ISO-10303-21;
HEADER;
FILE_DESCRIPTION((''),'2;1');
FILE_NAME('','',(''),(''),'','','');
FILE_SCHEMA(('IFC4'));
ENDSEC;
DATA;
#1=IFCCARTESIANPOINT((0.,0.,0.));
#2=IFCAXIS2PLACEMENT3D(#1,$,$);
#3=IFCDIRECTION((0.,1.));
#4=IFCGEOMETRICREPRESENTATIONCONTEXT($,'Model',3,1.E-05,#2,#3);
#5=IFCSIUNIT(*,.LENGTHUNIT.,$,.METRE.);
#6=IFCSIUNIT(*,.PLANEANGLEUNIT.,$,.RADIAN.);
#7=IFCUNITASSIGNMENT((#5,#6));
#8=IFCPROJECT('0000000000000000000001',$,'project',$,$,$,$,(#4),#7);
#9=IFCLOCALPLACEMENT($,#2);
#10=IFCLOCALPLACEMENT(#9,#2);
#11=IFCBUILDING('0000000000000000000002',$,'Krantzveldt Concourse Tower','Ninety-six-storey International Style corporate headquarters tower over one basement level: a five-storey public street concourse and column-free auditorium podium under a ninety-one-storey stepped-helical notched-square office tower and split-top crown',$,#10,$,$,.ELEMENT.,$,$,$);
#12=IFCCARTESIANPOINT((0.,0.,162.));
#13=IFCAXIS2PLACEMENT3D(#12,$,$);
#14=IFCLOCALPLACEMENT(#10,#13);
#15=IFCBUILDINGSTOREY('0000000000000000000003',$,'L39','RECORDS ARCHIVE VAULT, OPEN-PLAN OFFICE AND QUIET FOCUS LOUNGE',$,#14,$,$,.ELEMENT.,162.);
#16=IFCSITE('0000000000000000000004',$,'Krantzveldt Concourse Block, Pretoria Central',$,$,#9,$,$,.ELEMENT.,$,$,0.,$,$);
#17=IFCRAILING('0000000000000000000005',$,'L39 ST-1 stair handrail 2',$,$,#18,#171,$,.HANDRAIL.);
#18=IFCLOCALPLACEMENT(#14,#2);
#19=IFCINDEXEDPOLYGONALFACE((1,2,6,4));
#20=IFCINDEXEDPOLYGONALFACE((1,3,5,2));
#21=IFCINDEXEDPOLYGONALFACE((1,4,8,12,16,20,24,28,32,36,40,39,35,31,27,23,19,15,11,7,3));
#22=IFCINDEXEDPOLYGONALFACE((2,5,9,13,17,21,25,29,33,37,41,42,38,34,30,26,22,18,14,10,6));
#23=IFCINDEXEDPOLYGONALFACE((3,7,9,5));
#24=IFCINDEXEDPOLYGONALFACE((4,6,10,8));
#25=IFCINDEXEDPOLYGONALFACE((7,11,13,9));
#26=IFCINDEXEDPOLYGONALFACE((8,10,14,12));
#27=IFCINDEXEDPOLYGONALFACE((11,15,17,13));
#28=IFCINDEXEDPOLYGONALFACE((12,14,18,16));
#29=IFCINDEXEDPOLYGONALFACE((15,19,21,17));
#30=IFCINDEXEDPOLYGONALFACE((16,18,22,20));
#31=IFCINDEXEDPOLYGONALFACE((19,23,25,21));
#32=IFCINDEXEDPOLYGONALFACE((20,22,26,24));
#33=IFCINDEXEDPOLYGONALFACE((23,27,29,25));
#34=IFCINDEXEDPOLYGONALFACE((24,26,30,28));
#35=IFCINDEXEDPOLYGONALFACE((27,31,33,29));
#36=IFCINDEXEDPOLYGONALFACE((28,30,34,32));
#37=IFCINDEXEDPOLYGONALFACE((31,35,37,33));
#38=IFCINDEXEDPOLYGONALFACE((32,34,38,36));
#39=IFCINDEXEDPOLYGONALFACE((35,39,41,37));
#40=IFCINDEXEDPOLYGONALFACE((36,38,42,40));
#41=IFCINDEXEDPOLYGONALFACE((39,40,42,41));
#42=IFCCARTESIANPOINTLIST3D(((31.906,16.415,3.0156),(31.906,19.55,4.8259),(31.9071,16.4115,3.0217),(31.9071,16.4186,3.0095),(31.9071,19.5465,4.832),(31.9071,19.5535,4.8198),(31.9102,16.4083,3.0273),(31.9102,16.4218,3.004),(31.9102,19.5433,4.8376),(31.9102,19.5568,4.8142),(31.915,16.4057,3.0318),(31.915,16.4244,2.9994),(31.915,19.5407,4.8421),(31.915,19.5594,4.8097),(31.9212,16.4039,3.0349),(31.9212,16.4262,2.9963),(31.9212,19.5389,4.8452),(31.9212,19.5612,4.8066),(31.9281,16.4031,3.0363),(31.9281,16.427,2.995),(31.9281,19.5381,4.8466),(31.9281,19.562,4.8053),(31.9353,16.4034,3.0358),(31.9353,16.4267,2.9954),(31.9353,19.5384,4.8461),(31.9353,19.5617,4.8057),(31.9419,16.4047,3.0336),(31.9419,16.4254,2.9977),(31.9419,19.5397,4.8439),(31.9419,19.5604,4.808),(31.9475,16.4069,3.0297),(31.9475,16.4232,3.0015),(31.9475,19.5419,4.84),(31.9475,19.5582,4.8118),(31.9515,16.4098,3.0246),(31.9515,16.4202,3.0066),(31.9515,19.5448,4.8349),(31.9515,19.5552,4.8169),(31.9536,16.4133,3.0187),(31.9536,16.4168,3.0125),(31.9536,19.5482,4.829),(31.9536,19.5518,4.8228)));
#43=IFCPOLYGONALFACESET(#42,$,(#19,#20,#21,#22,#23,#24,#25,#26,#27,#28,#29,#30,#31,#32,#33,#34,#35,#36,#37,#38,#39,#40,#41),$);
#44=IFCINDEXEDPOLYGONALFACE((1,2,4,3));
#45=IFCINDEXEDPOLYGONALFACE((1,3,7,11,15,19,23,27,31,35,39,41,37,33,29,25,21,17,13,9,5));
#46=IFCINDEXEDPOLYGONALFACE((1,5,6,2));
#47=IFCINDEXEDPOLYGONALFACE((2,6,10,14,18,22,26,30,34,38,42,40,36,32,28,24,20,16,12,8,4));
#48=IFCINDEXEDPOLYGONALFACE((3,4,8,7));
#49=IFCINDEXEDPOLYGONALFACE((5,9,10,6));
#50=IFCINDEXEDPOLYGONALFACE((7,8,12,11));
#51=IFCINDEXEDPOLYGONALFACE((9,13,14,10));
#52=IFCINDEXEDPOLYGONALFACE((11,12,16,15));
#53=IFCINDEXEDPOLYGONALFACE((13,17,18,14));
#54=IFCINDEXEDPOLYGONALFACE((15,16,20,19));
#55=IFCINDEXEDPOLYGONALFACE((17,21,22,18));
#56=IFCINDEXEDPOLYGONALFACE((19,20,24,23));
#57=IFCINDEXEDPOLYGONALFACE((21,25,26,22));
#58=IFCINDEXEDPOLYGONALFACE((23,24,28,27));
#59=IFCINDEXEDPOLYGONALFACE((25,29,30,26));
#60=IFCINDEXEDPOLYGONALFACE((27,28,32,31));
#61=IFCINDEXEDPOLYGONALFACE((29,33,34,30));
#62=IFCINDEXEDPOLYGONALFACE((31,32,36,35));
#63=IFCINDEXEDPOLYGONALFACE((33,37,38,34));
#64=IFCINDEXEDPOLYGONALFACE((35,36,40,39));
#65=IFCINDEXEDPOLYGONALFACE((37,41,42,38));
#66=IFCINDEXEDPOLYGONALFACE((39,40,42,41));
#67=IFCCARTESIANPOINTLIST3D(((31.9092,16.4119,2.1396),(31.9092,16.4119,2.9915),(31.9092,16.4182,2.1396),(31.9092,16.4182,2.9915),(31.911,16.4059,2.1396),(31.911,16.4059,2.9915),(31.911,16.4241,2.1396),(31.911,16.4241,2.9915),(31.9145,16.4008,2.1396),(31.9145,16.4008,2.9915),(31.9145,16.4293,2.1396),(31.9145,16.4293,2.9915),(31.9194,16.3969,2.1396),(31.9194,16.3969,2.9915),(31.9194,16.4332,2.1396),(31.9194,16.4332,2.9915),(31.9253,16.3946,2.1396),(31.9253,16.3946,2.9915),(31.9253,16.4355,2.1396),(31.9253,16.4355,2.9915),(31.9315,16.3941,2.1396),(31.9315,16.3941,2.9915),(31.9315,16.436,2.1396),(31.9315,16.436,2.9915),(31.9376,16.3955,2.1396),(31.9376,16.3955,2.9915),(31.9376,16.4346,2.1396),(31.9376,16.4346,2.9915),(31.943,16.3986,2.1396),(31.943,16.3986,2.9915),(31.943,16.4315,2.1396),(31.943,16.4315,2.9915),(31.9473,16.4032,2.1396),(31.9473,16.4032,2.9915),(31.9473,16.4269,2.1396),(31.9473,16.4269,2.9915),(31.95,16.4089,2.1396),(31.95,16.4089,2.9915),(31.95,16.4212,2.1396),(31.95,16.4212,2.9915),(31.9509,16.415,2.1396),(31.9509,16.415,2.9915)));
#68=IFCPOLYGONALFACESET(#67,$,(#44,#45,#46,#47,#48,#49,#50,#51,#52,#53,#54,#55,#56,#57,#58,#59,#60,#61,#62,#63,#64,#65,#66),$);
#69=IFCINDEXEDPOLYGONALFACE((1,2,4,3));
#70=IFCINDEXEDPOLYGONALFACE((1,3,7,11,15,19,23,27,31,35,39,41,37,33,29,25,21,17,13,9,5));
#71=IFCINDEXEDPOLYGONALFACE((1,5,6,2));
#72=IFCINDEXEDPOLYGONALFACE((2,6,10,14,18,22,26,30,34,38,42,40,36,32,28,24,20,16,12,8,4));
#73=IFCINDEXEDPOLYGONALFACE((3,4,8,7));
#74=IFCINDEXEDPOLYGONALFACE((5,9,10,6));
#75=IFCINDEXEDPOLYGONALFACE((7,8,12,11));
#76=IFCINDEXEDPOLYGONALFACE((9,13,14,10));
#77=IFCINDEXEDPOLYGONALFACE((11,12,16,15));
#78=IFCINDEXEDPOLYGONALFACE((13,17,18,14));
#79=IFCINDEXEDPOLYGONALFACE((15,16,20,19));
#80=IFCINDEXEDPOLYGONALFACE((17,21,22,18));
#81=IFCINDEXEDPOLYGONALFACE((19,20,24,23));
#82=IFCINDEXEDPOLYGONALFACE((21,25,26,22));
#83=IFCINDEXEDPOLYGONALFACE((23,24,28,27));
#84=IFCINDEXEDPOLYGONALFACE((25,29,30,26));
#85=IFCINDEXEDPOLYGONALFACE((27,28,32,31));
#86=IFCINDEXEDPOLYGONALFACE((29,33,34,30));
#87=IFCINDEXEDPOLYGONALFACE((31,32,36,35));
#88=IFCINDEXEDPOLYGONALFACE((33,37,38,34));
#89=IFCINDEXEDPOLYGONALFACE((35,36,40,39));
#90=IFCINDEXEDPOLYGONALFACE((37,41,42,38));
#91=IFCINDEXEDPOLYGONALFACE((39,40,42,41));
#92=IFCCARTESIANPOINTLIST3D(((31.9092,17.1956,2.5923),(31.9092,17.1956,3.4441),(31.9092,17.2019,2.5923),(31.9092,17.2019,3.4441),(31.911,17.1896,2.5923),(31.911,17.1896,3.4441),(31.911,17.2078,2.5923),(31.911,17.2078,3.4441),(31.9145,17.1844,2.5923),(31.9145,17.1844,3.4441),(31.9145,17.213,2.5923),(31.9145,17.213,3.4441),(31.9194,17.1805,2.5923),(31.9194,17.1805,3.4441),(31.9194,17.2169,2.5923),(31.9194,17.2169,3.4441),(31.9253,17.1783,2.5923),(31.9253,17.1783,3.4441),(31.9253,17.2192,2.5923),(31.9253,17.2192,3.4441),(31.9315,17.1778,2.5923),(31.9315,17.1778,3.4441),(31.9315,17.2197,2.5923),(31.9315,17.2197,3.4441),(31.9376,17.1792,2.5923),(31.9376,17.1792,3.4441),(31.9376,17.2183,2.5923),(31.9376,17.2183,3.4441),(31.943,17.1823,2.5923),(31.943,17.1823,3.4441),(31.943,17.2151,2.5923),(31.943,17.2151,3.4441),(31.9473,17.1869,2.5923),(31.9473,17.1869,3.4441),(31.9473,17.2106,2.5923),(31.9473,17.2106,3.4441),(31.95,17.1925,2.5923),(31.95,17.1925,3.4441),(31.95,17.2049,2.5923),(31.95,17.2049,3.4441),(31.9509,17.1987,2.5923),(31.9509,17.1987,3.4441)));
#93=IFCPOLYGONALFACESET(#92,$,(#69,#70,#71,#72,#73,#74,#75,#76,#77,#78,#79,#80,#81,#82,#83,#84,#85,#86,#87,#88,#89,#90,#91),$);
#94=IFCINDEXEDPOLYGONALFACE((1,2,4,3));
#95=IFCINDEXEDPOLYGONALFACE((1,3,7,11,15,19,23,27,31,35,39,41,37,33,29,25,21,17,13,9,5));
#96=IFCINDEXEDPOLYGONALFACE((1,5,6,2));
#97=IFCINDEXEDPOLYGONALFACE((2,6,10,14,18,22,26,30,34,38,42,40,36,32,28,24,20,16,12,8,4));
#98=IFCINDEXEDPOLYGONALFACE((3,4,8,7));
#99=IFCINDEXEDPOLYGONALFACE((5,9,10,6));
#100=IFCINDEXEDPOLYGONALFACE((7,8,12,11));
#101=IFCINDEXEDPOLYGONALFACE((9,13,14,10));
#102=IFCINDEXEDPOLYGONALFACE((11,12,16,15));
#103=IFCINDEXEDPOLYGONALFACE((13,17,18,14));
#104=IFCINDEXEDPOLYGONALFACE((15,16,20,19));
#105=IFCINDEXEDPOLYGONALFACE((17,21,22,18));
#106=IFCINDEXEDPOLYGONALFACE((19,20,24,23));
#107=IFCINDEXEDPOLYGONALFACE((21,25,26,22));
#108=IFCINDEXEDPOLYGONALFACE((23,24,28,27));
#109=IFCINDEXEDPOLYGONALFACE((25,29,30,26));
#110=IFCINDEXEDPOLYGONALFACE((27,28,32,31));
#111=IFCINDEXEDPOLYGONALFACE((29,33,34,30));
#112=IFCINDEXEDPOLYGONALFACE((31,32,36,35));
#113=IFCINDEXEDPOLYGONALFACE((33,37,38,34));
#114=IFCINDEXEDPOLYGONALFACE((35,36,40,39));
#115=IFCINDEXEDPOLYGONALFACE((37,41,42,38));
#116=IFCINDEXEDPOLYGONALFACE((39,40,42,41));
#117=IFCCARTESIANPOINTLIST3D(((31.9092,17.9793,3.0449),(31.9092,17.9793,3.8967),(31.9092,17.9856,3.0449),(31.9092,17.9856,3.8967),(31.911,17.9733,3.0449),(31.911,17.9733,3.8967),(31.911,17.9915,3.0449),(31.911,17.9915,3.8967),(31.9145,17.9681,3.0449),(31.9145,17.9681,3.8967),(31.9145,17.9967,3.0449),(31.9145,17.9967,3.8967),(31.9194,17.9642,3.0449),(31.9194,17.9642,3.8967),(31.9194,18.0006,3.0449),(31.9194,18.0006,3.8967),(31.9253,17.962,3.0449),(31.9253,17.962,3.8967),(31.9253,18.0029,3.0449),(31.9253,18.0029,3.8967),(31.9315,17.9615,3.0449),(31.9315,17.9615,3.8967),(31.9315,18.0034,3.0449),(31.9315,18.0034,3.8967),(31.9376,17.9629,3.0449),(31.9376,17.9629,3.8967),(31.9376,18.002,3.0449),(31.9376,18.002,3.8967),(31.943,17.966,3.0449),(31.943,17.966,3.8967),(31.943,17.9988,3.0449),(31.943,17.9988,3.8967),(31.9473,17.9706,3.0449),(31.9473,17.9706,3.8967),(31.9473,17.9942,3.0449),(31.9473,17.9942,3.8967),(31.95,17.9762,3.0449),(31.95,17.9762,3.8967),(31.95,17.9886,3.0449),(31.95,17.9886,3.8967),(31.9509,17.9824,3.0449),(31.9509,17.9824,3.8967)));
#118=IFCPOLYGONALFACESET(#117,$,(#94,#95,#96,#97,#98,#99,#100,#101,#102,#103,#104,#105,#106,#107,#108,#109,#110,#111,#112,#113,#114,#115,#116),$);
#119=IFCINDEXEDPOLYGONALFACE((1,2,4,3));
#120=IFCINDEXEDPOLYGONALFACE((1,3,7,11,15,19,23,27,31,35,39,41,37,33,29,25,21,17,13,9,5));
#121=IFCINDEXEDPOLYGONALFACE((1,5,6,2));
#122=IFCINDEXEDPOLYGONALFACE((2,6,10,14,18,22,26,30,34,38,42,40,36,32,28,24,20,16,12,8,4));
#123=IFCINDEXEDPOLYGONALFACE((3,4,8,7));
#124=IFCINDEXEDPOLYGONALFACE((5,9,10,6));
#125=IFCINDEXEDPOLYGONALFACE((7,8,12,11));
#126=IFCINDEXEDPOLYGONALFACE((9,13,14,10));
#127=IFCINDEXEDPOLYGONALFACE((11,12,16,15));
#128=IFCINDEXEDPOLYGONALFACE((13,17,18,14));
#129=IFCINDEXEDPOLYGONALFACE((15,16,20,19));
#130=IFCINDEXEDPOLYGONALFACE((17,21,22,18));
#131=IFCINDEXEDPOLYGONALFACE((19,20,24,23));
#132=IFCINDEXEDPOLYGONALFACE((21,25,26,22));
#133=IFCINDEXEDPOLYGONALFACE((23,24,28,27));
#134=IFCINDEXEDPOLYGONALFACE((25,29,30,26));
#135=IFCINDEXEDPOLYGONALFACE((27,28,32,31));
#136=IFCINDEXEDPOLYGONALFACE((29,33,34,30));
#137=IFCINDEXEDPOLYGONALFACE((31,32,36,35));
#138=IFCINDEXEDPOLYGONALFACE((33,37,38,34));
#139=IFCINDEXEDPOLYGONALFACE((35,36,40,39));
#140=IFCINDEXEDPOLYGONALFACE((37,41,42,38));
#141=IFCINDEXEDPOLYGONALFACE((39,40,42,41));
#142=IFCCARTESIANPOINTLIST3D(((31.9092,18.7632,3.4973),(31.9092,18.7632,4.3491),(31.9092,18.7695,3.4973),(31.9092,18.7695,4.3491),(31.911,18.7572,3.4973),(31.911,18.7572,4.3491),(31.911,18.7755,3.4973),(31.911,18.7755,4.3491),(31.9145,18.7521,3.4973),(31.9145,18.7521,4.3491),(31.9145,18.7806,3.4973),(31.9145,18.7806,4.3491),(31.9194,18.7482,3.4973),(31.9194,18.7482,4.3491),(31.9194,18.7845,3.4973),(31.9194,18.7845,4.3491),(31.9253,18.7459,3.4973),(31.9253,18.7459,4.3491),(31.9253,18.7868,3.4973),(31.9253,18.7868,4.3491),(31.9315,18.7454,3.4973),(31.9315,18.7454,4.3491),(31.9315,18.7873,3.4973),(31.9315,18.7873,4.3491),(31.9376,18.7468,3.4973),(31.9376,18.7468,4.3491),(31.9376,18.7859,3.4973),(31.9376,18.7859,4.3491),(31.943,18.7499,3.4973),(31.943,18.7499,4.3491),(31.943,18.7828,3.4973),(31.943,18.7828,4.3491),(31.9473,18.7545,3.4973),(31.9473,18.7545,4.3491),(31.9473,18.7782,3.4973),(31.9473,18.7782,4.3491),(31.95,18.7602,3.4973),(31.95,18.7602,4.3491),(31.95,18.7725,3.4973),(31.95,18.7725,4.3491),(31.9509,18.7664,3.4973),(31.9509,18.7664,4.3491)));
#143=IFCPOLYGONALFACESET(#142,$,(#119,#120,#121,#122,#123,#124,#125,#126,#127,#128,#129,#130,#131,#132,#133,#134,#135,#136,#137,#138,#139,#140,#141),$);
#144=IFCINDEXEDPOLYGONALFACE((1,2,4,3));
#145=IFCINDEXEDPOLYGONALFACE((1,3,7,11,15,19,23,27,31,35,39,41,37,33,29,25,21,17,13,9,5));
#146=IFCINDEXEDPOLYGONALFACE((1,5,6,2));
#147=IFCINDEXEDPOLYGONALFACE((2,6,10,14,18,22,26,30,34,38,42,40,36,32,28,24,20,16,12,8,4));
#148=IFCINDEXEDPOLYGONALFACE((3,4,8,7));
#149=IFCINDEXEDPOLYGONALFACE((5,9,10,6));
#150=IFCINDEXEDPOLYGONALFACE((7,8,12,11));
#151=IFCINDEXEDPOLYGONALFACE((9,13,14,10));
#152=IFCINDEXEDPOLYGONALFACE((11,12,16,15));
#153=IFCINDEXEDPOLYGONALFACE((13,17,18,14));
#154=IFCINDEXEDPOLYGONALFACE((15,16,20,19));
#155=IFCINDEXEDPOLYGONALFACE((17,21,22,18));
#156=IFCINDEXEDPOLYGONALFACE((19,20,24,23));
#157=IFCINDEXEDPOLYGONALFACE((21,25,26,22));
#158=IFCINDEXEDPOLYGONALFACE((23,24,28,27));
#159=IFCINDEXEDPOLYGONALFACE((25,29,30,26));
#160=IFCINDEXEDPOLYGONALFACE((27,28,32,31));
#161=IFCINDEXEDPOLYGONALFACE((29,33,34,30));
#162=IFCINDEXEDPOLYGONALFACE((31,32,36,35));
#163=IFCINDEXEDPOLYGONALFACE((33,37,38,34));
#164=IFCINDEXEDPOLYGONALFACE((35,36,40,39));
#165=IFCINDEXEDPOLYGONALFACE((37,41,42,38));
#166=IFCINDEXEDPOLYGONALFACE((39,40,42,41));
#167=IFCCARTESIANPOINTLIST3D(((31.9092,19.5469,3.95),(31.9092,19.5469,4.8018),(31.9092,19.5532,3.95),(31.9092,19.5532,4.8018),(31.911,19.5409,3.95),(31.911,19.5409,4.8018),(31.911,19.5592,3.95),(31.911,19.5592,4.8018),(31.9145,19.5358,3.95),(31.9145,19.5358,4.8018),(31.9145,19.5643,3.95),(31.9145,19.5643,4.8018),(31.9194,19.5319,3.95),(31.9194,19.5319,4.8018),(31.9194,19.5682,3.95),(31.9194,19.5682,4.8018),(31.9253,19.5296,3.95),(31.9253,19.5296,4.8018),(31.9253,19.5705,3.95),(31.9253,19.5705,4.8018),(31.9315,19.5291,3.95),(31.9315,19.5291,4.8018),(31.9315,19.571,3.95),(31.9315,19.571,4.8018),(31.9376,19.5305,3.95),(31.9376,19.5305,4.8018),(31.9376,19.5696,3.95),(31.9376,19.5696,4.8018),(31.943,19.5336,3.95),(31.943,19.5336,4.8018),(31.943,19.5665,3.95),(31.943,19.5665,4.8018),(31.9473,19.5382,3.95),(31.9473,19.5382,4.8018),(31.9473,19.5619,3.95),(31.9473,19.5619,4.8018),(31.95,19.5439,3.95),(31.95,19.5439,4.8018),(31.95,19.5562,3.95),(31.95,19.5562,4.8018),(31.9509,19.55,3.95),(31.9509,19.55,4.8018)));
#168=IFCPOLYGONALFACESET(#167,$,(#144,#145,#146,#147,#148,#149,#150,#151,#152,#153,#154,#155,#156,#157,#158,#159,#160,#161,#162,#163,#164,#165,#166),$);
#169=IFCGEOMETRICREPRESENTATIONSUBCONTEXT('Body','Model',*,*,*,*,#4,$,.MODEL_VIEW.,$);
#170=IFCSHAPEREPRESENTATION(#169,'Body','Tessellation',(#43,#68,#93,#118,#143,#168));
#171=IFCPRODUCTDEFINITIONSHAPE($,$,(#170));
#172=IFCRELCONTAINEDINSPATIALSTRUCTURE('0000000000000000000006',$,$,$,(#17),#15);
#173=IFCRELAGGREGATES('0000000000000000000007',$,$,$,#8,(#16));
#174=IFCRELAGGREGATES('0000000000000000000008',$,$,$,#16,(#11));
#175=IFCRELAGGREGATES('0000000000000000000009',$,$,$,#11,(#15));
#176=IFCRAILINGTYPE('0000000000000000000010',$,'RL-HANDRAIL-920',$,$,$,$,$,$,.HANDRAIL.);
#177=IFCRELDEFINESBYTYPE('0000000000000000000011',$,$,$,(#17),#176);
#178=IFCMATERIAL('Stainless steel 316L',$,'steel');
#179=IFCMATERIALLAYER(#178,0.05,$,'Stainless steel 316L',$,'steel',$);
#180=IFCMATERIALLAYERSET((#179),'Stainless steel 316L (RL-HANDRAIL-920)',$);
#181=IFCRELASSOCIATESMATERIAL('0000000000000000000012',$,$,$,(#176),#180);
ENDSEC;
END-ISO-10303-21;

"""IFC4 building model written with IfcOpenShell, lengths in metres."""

from ifc_helpers import new_model, si_unit, direction, frame, origin, origin_2d, place, context, subcontext, project, spatial, circle, extrude, material, layer, layer_set, type_object, element, save


model = new_model("IFC4")

# Units and contexts
model_context = context("Model", 3, precision=1e-05, world=origin(), true_north=direction((0.0, 1.0)))
body_context = subcontext(model_context, "Body", "Model", "MODEL_VIEW")
ifc_project = project(units=[si_unit("LENGTHUNIT", "METRE"), si_unit("PLANEANGLEUNIT", "RADIAN")], contexts=[model_context])

# Site, building, storey
site_placement = place(None, origin())
site = spatial("IfcSite", under=ifc_project, at=site_placement, Name="Krantzveldt Concourse Block, Pretoria Central", CompositionType="ELEMENT", RefElevation=0.0)
building_placement = place(site_placement, origin())
building = spatial("IfcBuilding", under=site, at=building_placement, Name="Krantzveldt Concourse Tower", Description="Ninety-six-storey International Style corporate headquarters tower over one basement level: a five-storey public street concourse and column-free auditorium podium under a ninety-one-storey stepped-helical notched-square office tower and split-top crown", CompositionType="ELEMENT")
storey_placement = place(building_placement, frame((0.0, 0.0, 162.0)))
storey = spatial("IfcBuildingStorey", under=building, at=storey_placement, Name="L39", Description="RECORDS ARCHIVE VAULT, OPEN-PLAN OFFICE AND QUIET FOCUS LOUNGE", CompositionType="ELEMENT", Elevation=162.0)

# Railing
ifc_material_1 = material(Name="Stainless steel 316L", Category="steel")
ifc_layer_1 = layer(ifc_material_1, 0.05, Name="Stainless steel 316L", Category="steel")
ifc_layer_set_1 = layer_set([ifc_layer_1], Name="Stainless steel 316L (RL-HANDRAIL-920)")
railing_type_1 = type_object("IfcRailingType", Name="RL-HANDRAIL-920", PredefinedType="HANDRAIL", material=ifc_layer_set_1)
railing_1_placement = place(storey_placement, frame((31.9299, 16.415, 2.1396)))
element("IfcRailing", 1, at=railing_1_placement, inside=storey, type_object=railing_type_1, Name="L39 ST-1 stair handrail 2", PredefinedType="HANDRAIL", context=body_context, shape_type="SweptSolid", body=[
    extrude(circle(Radius=0.0239, at=origin_2d()), frame((0.0, 0.0, 0.876), z_axis=(0.0, 0.865989, 0.500063), x_axis=(-1.0, 0.0, 0.0)), (0.0, 0.0, 1.0), 3.6201),
    extrude(circle(Radius=0.021, at=origin_2d()), origin(), (0.0, 0.0, 1.0), 0.8518),
    extrude(circle(Radius=0.021, at=origin_2d()), frame((0.0, 0.7837, 0.4526)), (0.0, 0.0, 1.0), 0.8518),
    extrude(circle(Radius=0.021, at=origin_2d()), frame((0.0, 1.5674, 0.9053)), (0.0, 0.0, 1.0), 0.8518),
    extrude(circle(Radius=0.021, at=origin_2d()), frame((0.0, 2.3513, 1.3577)), (0.0, 0.0, 1.0), 0.8518),
    extrude(circle(Radius=0.021, at=origin_2d()), frame((0.0, 3.135, 1.8103)), (0.0, 0.0, 1.0), 0.8518),
])

save(model, "model.ifc")
